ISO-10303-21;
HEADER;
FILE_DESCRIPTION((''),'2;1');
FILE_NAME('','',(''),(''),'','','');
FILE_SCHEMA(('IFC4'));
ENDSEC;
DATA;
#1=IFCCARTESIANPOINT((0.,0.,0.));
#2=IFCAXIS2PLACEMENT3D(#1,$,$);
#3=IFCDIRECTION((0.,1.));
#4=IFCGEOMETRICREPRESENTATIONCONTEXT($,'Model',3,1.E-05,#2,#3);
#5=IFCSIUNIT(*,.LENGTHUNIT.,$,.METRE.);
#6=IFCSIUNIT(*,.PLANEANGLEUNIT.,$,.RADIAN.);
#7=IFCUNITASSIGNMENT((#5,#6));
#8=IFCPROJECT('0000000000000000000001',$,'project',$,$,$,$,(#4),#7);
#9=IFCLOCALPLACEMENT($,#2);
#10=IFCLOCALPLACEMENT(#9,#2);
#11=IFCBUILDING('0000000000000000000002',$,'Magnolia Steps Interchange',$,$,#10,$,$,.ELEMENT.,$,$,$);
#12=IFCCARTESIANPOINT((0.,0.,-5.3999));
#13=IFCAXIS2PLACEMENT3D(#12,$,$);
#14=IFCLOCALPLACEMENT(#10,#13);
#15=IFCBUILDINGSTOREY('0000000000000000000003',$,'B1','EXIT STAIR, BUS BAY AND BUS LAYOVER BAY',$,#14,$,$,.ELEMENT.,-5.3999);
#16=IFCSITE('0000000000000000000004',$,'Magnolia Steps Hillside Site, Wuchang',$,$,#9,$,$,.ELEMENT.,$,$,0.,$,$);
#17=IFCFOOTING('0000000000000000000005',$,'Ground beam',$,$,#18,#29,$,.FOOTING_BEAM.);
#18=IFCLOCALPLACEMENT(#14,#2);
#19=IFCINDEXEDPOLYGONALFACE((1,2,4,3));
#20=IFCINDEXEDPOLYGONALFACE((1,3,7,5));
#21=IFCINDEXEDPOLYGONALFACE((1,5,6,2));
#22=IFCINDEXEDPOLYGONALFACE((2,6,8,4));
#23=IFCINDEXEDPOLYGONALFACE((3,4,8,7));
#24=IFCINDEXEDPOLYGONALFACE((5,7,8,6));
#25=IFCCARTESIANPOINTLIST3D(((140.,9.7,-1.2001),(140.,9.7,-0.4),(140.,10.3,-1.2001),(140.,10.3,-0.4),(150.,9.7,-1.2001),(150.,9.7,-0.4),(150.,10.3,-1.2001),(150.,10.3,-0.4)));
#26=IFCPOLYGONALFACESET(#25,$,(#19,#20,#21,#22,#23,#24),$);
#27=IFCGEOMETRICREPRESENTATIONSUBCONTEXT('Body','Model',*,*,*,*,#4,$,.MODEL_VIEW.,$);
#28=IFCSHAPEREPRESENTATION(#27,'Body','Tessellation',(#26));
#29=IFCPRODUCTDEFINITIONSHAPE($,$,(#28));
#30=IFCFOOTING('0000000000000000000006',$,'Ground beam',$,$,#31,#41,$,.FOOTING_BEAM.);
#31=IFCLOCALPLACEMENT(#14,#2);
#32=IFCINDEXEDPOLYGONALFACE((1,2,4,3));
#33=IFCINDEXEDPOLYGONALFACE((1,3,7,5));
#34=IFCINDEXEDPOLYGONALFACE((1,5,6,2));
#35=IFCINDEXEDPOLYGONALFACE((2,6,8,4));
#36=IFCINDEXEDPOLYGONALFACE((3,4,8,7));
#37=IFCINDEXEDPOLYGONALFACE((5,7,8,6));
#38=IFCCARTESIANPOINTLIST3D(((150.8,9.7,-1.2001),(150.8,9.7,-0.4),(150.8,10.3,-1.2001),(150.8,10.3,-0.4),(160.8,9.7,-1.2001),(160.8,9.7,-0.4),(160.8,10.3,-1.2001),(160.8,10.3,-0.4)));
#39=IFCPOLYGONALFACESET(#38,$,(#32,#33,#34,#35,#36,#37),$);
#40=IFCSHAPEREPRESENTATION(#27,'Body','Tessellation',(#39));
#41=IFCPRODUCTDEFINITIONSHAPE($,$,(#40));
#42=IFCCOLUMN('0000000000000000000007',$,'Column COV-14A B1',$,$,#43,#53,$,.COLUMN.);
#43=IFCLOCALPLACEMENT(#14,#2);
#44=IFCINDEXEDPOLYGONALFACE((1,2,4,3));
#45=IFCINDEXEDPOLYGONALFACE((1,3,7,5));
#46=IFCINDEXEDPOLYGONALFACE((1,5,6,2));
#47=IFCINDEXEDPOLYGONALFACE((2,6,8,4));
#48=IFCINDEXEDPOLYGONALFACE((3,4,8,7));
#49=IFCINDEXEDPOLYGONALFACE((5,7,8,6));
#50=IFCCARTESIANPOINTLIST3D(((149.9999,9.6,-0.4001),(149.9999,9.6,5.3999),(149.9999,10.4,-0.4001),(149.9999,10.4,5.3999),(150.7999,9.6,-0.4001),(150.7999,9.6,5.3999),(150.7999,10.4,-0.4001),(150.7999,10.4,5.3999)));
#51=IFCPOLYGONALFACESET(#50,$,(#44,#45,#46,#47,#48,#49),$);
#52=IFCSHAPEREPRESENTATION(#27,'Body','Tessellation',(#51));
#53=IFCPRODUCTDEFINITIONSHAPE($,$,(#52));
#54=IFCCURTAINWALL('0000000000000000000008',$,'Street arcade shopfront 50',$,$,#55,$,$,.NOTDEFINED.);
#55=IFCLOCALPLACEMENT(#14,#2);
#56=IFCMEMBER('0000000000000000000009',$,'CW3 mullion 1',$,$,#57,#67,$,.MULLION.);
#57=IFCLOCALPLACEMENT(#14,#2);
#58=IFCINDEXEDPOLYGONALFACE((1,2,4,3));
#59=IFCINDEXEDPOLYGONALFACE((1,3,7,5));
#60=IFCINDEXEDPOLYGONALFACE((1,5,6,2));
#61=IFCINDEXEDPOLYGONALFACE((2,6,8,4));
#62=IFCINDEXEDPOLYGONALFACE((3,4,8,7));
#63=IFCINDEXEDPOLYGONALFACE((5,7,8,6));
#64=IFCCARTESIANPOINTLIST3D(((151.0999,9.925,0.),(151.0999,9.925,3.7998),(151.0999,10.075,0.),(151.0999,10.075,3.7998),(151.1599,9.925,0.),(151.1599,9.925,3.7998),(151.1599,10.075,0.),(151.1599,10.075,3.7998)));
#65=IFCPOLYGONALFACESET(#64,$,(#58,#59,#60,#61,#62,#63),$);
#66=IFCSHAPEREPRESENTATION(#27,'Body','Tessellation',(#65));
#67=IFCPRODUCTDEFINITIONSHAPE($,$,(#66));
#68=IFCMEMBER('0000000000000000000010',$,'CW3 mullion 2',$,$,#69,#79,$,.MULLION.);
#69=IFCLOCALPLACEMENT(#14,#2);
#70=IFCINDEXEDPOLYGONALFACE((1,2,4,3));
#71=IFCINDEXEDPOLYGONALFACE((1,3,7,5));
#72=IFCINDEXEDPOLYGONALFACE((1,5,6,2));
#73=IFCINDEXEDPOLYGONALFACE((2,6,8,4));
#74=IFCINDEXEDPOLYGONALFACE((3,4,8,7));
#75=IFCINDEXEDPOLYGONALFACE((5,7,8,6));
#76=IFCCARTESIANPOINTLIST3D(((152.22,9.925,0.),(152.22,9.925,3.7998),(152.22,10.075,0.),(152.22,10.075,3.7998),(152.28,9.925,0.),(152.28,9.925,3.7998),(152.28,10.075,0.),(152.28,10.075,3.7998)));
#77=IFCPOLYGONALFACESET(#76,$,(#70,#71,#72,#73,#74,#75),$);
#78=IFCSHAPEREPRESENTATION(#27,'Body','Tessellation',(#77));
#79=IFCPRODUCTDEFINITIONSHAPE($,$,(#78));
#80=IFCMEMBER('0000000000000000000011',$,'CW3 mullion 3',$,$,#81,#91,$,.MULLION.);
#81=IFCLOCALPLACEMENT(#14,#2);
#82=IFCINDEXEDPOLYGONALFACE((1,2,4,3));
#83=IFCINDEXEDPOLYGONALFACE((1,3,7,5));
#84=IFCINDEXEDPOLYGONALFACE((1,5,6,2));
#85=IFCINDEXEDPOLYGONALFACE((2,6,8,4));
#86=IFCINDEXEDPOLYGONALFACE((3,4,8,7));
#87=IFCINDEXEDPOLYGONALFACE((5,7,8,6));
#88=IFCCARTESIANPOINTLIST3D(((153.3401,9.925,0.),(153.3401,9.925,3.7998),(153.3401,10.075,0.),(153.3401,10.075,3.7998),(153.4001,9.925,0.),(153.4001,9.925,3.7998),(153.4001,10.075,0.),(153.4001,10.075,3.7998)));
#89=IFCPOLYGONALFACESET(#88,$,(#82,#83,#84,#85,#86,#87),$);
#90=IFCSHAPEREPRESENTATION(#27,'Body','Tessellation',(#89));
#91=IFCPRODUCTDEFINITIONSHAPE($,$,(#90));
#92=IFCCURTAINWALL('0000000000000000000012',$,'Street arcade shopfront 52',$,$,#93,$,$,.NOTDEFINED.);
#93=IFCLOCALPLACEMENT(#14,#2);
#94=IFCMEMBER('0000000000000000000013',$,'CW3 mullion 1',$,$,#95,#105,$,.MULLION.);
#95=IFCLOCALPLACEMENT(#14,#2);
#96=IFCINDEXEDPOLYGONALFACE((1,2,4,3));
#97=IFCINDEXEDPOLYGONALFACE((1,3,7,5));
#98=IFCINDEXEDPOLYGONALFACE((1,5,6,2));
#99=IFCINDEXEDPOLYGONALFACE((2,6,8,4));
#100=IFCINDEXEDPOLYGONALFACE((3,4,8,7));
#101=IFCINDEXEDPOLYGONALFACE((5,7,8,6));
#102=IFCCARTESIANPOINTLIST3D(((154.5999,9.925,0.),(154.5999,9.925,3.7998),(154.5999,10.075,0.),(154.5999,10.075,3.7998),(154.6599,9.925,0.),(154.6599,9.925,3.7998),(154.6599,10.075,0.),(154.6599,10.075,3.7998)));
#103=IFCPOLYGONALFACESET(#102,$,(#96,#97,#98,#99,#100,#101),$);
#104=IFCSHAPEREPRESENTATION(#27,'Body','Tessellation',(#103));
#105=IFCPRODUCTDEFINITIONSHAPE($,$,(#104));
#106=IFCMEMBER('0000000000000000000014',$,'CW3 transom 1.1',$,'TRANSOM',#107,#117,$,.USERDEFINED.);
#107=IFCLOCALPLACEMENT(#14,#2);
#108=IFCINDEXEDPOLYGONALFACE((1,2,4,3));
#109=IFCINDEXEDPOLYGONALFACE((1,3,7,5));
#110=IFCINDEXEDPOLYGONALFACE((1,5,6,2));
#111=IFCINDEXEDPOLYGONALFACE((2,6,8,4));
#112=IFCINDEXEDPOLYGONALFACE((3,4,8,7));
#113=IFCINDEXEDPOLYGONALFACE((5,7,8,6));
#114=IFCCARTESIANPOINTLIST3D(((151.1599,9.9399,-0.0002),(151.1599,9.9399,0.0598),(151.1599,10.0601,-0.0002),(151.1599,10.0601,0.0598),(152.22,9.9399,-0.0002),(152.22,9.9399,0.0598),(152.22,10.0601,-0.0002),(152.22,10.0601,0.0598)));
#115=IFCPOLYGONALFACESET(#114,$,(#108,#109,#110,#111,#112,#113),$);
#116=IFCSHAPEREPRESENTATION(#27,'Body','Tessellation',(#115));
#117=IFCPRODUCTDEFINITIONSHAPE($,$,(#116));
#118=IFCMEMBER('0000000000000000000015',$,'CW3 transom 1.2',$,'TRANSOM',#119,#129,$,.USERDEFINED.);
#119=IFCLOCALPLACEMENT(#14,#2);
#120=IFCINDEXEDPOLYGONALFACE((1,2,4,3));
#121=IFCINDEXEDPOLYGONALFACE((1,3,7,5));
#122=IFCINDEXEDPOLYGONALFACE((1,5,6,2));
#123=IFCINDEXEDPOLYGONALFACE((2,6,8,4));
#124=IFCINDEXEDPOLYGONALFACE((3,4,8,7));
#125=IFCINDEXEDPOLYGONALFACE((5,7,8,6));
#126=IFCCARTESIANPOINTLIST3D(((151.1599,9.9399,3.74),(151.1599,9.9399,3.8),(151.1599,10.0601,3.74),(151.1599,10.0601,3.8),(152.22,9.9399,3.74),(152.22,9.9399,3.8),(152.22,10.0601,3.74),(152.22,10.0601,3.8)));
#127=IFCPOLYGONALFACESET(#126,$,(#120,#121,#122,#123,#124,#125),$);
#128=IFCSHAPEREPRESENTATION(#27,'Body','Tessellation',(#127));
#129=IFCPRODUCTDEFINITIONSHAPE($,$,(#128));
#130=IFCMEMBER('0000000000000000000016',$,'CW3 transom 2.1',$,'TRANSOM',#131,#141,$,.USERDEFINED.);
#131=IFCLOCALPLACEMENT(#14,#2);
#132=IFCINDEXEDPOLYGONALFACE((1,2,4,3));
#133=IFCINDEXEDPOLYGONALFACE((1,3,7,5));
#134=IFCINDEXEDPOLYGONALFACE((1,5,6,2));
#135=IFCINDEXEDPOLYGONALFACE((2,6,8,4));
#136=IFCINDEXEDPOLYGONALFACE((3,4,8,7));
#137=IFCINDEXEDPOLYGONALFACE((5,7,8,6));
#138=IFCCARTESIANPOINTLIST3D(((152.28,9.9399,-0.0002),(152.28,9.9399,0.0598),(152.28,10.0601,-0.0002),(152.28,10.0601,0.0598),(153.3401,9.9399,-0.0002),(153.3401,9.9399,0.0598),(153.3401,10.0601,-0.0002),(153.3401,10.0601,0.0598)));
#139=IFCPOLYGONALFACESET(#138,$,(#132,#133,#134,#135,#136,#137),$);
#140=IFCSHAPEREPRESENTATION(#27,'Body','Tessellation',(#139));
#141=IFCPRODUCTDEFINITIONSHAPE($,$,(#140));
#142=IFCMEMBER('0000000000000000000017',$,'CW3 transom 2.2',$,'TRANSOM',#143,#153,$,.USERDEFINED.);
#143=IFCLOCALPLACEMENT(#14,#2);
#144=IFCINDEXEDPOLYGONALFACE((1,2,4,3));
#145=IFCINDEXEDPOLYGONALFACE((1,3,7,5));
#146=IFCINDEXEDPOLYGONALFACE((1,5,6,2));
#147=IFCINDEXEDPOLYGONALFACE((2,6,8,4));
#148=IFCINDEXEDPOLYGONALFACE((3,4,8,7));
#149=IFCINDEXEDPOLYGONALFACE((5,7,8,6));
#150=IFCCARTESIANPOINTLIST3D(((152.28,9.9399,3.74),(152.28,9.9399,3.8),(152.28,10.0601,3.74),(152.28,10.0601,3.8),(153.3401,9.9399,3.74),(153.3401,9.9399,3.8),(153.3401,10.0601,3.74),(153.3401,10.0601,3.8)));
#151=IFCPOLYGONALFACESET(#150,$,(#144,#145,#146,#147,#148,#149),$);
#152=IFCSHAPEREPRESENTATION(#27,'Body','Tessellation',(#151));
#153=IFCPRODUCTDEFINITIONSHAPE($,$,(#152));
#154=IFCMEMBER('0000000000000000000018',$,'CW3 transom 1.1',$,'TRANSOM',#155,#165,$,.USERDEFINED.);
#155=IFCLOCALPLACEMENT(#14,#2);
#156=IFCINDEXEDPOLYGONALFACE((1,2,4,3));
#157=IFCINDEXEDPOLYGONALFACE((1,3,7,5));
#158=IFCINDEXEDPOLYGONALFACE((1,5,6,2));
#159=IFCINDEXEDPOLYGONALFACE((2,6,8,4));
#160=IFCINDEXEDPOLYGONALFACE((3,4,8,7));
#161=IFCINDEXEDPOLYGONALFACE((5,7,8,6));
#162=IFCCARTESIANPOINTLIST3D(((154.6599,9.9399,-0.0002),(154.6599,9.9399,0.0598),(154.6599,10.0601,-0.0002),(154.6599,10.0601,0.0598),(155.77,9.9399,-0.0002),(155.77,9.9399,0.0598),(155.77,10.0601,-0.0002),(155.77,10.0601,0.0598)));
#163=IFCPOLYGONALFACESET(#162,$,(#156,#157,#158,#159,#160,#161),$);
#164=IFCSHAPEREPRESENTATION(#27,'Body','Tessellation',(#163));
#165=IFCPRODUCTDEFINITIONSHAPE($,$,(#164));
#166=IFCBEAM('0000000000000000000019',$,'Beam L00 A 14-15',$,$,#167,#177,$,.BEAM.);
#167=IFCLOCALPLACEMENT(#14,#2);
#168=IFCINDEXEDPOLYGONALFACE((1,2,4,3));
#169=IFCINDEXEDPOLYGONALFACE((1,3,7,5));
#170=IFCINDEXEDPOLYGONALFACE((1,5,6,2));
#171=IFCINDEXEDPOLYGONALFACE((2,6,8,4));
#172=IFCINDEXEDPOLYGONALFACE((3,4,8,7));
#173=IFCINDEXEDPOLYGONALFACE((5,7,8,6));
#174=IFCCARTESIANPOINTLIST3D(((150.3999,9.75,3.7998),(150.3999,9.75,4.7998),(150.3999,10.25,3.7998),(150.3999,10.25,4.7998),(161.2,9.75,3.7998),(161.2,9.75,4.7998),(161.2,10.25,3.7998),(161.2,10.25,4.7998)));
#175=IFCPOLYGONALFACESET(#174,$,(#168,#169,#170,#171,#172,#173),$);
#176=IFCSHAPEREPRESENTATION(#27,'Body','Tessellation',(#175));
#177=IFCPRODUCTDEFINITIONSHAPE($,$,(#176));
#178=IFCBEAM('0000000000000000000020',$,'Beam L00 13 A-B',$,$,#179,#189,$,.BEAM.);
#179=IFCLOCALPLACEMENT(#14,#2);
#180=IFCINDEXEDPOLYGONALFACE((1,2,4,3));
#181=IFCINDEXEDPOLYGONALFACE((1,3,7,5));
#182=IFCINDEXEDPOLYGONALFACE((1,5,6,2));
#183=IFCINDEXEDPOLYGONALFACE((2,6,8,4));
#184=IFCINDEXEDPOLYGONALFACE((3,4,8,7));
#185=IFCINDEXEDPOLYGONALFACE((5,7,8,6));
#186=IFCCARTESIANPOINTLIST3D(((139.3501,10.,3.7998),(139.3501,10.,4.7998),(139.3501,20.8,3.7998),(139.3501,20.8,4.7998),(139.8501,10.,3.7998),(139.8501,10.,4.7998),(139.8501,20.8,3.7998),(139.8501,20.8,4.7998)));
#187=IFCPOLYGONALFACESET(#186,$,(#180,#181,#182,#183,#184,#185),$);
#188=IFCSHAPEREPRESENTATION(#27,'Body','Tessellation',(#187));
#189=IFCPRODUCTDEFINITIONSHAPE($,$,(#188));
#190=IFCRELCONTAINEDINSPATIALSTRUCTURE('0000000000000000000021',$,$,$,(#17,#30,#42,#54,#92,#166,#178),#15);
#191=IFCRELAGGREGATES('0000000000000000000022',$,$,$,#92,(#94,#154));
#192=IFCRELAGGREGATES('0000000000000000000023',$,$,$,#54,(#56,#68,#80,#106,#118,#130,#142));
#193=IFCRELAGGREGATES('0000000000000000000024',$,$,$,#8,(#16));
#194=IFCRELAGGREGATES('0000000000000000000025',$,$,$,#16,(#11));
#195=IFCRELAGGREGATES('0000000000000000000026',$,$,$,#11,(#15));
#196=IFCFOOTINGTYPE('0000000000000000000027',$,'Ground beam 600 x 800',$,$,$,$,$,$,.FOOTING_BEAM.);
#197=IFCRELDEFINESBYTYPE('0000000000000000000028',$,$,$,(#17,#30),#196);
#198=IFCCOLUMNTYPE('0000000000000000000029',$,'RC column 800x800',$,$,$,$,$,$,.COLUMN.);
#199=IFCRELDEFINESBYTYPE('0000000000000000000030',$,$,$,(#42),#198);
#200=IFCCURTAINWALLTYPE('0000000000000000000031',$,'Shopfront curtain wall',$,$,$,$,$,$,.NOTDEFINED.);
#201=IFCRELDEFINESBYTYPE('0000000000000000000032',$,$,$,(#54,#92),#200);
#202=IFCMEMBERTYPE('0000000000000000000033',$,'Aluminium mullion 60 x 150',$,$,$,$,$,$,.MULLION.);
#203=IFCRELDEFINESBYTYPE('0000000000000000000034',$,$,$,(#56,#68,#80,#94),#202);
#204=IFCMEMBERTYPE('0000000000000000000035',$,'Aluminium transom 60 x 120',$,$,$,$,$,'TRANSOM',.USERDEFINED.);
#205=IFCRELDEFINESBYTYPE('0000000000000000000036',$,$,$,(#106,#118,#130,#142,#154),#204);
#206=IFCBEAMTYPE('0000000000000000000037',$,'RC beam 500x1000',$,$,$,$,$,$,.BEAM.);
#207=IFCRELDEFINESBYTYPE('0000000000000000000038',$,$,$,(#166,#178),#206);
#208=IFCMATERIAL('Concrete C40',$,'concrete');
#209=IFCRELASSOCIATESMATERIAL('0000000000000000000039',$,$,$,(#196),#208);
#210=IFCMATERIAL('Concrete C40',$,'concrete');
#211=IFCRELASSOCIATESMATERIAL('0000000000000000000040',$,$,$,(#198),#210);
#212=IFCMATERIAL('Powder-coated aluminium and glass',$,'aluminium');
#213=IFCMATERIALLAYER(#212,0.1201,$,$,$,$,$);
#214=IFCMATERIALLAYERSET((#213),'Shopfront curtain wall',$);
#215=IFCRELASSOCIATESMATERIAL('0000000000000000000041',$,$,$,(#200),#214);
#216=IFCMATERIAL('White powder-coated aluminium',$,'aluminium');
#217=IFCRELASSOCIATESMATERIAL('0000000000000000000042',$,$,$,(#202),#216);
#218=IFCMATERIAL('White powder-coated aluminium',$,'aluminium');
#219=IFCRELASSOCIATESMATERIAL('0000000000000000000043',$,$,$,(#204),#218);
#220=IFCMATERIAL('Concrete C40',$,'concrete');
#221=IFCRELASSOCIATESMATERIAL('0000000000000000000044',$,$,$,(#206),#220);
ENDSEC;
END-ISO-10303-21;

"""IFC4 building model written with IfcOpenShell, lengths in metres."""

from ifc_helpers import new_model, si_unit, direction, frame, origin, origin_2d, place, context, subcontext, project, spatial, rectangle, extrude, material, layer, layer_set, material_profile, profile_set, type_object, element, aggregate, save


model = new_model("IFC4")

# Units and contexts
model_context = context("Model", 3, precision=1e-05, world=origin(), true_north=direction((0.0, 1.0)))
body_context = subcontext(model_context, "Body", "Model", "MODEL_VIEW")
ifc_project = project(units=[si_unit("LENGTHUNIT", "METRE"), si_unit("PLANEANGLEUNIT", "RADIAN")], contexts=[model_context])

# Site, building, storey
site_placement = place(None, origin())
site = spatial("IfcSite", under=ifc_project, at=site_placement, Name="Magnolia Steps Hillside Site, Wuchang", CompositionType="ELEMENT", RefElevation=0.0)
building_placement = place(site_placement, origin())
building = spatial("IfcBuilding", under=site, at=building_placement, Name="Magnolia Steps Interchange", CompositionType="ELEMENT")
storey_placement = place(building_placement, frame((0.0, 0.0, -5.3999)))
storey = spatial("IfcBuildingStorey", under=building, at=storey_placement, Name="B1", Description="EXIT STAIR, BUS BAY AND BUS LAYOVER BAY", CompositionType="ELEMENT", Elevation=-5.3999)

# Footings
ifc_material_1 = material(Name="Concrete C40", Category="concrete")
ifc_material_profile_1 = material_profile(ifc_material_1, rectangle(XDim=0.6001, YDim=0.8, at=origin_2d()), Name="RC600x800")
ifc_profile_set_1 = profile_set([ifc_material_profile_1], Name="Concrete C40")
footing_type = type_object("IfcFootingType", Name="Ground beam 600 x 800", PredefinedType="FOOTING_BEAM", material=ifc_profile_set_1)
for number, where, z_axis, x_axis, name in (
    (1, (140.0, 10.0, -0.8), (1.0, 0.0, 0.0), (0.0, 1.0, 0.0), "Ground beam"),
    (2, (150.8, 10.0, -0.8), (1.0, 0.0, 0.0), (0.0, 1.0, 0.0), "Ground beam"),
):
    element("IfcFooting", number, at=place(storey_placement, frame(where, z_axis=z_axis, x_axis=x_axis)), inside=storey, type_object=footing_type, Name=name, PredefinedType="FOOTING_BEAM", context=body_context, shape_type="SweptSolid", body=[
        extrude(rectangle(XDim=0.6001, YDim=0.8, at=origin_2d()), origin(), (0.0, 0.0, 1.0), 10.0),
    ])

# Column
ifc_material_2 = material(Name="Concrete C40", Category="concrete")
ifc_material_profile_2 = material_profile(ifc_material_2, rectangle(XDim=0.8, YDim=0.8, at=origin_2d()), Name="RC800x800")
ifc_profile_set_2 = profile_set([ifc_material_profile_2], Name="Concrete C40")
column_type = type_object("IfcColumnType", Name="RC column 800x800", PredefinedType="COLUMN", material=ifc_profile_set_2)
column_placement = place(storey_placement, frame((150.3999, 10.0, -0.4001), z_axis=(0.0, 0.0, 1.0), x_axis=(1.0, 0.0, 0.0)))
element("IfcColumn", 3, at=column_placement, inside=storey, type_object=column_type, Name="Column COV-14A B1", PredefinedType="COLUMN", context=body_context, shape_type="SweptSolid", body=[
    extrude(rectangle(XDim=0.8, YDim=0.8, at=origin_2d()), origin(), (0.0, 0.0, 1.0), 5.8),
])

# Curtain wall, members
ifc_material_3 = material(Name="Powder-coated aluminium and glass", Category="aluminium")
ifc_layer_1 = layer(ifc_material_3, 0.1201)
ifc_layer_set_1 = layer_set([ifc_layer_1], Name="Shopfront curtain wall")
curtain_wall_type = type_object("IfcCurtainWallType", Name="Shopfront curtain wall", PredefinedType="NOTDEFINED", material=ifc_layer_set_1)
curtain_wall_1_placement = place(storey_placement, origin())
curtain_wall_1 = element("IfcCurtainWall", 4, at=curtain_wall_1_placement, inside=storey, type_object=curtain_wall_type, Name="Street arcade shopfront 50", PredefinedType="NOTDEFINED")
ifc_material_4 = material(Name="White powder-coated aluminium", Category="aluminium")
ifc_material_profile_3 = material_profile(ifc_material_4, rectangle(XDim=0.0601, YDim=0.1499, at=origin_2d()), Name="Aluminium mullion 60 x 150")
ifc_profile_set_3 = profile_set([ifc_material_profile_3], Name="White powder-coated aluminium")
member_type_1 = type_object("IfcMemberType", Name="Aluminium mullion 60 x 150", PredefinedType="MULLION", material=ifc_profile_set_3)
member_1_placement = place(storey_placement, frame((151.1299, 10.0, 0.0), z_axis=(0.0, 0.0, 1.0), x_axis=(1.0, 0.0, 0.0)))
member_1 = element("IfcMember", 5, at=member_1_placement, type_object=member_type_1, Name="CW3 mullion 1", PredefinedType="MULLION", context=body_context, shape_type="SweptSolid", body=[
    extrude(rectangle(XDim=0.0601, YDim=0.1499, at=origin_2d()), origin(), (0.0, 0.0, 1.0), 3.7998),
])
member_2_placement = place(storey_placement, frame((152.25, 10.0, 0.0), z_axis=(0.0, 0.0, 1.0), x_axis=(1.0, 0.0, 0.0)))
member_2 = element("IfcMember", 6, at=member_2_placement, type_object=member_type_1, Name="CW3 mullion 2", PredefinedType="MULLION", context=body_context, shape_type="SweptSolid", body=[
    extrude(rectangle(XDim=0.0601, YDim=0.1499, at=origin_2d()), origin(), (0.0, 0.0, 1.0), 3.7998),
])
member_3_placement = place(storey_placement, frame((153.3701, 10.0, 0.0), z_axis=(0.0, 0.0, 1.0), x_axis=(1.0, 0.0, 0.0)))
member_3 = element("IfcMember", 7, at=member_3_placement, type_object=member_type_1, Name="CW3 mullion 3", PredefinedType="MULLION", context=body_context, shape_type="SweptSolid", body=[
    extrude(rectangle(XDim=0.0601, YDim=0.1499, at=origin_2d()), origin(), (0.0, 0.0, 1.0), 3.7998),
])

# Curtain wall, member
curtain_wall_2_placement = place(storey_placement, origin())
curtain_wall_2 = element("IfcCurtainWall", 8, at=curtain_wall_2_placement, inside=storey, type_object=curtain_wall_type, Name="Street arcade shopfront 52", PredefinedType="NOTDEFINED")
member_4_placement = place(storey_placement, frame((154.6299, 10.0, 0.0), z_axis=(0.0, 0.0, 1.0), x_axis=(1.0, 0.0, 0.0)))
member_4 = element("IfcMember", 9, at=member_4_placement, type_object=member_type_1, Name="CW3 mullion 1", PredefinedType="MULLION", context=body_context, shape_type="SweptSolid", body=[
    extrude(rectangle(XDim=0.0601, YDim=0.1499, at=origin_2d()), origin(), (0.0, 0.0, 1.0), 3.7998),
])

# Members
ifc_material_5 = material(Name="White powder-coated aluminium", Category="aluminium")
ifc_material_profile_4 = material_profile(ifc_material_5, rectangle(XDim=0.0601, YDim=0.1201, at=origin_2d()), Name="Aluminium transom 60 x 120")
ifc_profile_set_4 = profile_set([ifc_material_profile_4], Name="White powder-coated aluminium")
member_type_2 = type_object("IfcMemberType", Name="Aluminium transom 60 x 120", ElementType="TRANSOM", PredefinedType="USERDEFINED", material=ifc_profile_set_4)
member_5_placement = place(storey_placement, frame((151.1599, 10.0, 0.0298), z_axis=(1.0, 0.0, 0.0), x_axis=(0.0, 0.0, 1.0)))
member_5 = element("IfcMember", 10, at=member_5_placement, type_object=member_type_2, Name="CW3 transom 1.1", ObjectType="TRANSOM", PredefinedType="USERDEFINED", context=body_context, shape_type="SweptSolid", body=[
    extrude(rectangle(XDim=0.0601, YDim=0.1201, at=origin_2d()), origin(), (0.0, 0.0, 1.0), 1.0601),
])
member_6_placement = place(storey_placement, frame((151.1599, 10.0, 3.77), z_axis=(1.0, 0.0, 0.0), x_axis=(0.0, 0.0, 1.0)))
member_6 = element("IfcMember", 11, at=member_6_placement, type_object=member_type_2, Name="CW3 transom 1.2", ObjectType="TRANSOM", PredefinedType="USERDEFINED", context=body_context, shape_type="SweptSolid", body=[
    extrude(rectangle(XDim=0.0601, YDim=0.1201, at=origin_2d()), origin(), (0.0, 0.0, 1.0), 1.0601),
])
member_7_placement = place(storey_placement, frame((152.28, 10.0, 0.0298), z_axis=(1.0, 0.0, 0.0), x_axis=(0.0, 0.0, 1.0)))
member_7 = element("IfcMember", 12, at=member_7_placement, type_object=member_type_2, Name="CW3 transom 2.1", ObjectType="TRANSOM", PredefinedType="USERDEFINED", context=body_context, shape_type="SweptSolid", body=[
    extrude(rectangle(XDim=0.0601, YDim=0.1201, at=origin_2d()), origin(), (0.0, 0.0, 1.0), 1.0601),
])
member_8_placement = place(storey_placement, frame((152.28, 10.0, 3.77), z_axis=(1.0, 0.0, 0.0), x_axis=(0.0, 0.0, 1.0)))
member_8 = element("IfcMember", 13, at=member_8_placement, type_object=member_type_2, Name="CW3 transom 2.2", ObjectType="TRANSOM", PredefinedType="USERDEFINED", context=body_context, shape_type="SweptSolid", body=[
    extrude(rectangle(XDim=0.0601, YDim=0.1201, at=origin_2d()), origin(), (0.0, 0.0, 1.0), 1.0601),
])
member_9_placement = place(storey_placement, frame((154.6599, 10.0, 0.0298), z_axis=(1.0, 0.0, 0.0), x_axis=(0.0, 0.0, 1.0)))
member_9 = element("IfcMember", 14, at=member_9_placement, type_object=member_type_2, Name="CW3 transom 1.1", ObjectType="TRANSOM", PredefinedType="USERDEFINED", context=body_context, shape_type="SweptSolid", body=[
    extrude(rectangle(XDim=0.0601, YDim=0.1201, at=origin_2d()), origin(), (0.0, 0.0, 1.0), 1.1101),
])
aggregate(curtain_wall_2, [member_4, member_9])

# Beams
ifc_material_6 = material(Name="Concrete C40", Category="concrete")
ifc_material_profile_5 = material_profile(ifc_material_6, rectangle(XDim=0.5, YDim=1.0, at=origin_2d()), Name="RC500x1000")
ifc_profile_set_5 = profile_set([ifc_material_profile_5], Name="Concrete C40")
beam_type = type_object("IfcBeamType", Name="RC beam 500x1000", PredefinedType="BEAM", material=ifc_profile_set_5)
for number, where, z_axis, x_axis, name in (
    (15, (150.3999, 10.0, 4.2998), (1.0, 0.0, 0.0), (0.0, 1.0, 0.0), "Beam L00 A 14-15"),
    (16, (139.6001, 10.0, 4.2998), (0.0, 1.0, 0.0), (-1.0, 0.0, 0.0), "Beam L00 13 A-B"),
):
    element("IfcBeam", number, at=place(storey_placement, frame(where, z_axis=z_axis, x_axis=x_axis)), inside=storey, type_object=beam_type, Name=name, PredefinedType="BEAM", context=body_context, shape_type="SweptSolid", body=[
        extrude(rectangle(XDim=0.5, YDim=1.0, at=origin_2d()), origin(), (0.0, 0.0, 1.0), 10.8),
    ])

aggregate(curtain_wall_1, [member_1, member_2, member_3, member_5, member_6, member_7, member_8])

save(model, "model.ifc")
